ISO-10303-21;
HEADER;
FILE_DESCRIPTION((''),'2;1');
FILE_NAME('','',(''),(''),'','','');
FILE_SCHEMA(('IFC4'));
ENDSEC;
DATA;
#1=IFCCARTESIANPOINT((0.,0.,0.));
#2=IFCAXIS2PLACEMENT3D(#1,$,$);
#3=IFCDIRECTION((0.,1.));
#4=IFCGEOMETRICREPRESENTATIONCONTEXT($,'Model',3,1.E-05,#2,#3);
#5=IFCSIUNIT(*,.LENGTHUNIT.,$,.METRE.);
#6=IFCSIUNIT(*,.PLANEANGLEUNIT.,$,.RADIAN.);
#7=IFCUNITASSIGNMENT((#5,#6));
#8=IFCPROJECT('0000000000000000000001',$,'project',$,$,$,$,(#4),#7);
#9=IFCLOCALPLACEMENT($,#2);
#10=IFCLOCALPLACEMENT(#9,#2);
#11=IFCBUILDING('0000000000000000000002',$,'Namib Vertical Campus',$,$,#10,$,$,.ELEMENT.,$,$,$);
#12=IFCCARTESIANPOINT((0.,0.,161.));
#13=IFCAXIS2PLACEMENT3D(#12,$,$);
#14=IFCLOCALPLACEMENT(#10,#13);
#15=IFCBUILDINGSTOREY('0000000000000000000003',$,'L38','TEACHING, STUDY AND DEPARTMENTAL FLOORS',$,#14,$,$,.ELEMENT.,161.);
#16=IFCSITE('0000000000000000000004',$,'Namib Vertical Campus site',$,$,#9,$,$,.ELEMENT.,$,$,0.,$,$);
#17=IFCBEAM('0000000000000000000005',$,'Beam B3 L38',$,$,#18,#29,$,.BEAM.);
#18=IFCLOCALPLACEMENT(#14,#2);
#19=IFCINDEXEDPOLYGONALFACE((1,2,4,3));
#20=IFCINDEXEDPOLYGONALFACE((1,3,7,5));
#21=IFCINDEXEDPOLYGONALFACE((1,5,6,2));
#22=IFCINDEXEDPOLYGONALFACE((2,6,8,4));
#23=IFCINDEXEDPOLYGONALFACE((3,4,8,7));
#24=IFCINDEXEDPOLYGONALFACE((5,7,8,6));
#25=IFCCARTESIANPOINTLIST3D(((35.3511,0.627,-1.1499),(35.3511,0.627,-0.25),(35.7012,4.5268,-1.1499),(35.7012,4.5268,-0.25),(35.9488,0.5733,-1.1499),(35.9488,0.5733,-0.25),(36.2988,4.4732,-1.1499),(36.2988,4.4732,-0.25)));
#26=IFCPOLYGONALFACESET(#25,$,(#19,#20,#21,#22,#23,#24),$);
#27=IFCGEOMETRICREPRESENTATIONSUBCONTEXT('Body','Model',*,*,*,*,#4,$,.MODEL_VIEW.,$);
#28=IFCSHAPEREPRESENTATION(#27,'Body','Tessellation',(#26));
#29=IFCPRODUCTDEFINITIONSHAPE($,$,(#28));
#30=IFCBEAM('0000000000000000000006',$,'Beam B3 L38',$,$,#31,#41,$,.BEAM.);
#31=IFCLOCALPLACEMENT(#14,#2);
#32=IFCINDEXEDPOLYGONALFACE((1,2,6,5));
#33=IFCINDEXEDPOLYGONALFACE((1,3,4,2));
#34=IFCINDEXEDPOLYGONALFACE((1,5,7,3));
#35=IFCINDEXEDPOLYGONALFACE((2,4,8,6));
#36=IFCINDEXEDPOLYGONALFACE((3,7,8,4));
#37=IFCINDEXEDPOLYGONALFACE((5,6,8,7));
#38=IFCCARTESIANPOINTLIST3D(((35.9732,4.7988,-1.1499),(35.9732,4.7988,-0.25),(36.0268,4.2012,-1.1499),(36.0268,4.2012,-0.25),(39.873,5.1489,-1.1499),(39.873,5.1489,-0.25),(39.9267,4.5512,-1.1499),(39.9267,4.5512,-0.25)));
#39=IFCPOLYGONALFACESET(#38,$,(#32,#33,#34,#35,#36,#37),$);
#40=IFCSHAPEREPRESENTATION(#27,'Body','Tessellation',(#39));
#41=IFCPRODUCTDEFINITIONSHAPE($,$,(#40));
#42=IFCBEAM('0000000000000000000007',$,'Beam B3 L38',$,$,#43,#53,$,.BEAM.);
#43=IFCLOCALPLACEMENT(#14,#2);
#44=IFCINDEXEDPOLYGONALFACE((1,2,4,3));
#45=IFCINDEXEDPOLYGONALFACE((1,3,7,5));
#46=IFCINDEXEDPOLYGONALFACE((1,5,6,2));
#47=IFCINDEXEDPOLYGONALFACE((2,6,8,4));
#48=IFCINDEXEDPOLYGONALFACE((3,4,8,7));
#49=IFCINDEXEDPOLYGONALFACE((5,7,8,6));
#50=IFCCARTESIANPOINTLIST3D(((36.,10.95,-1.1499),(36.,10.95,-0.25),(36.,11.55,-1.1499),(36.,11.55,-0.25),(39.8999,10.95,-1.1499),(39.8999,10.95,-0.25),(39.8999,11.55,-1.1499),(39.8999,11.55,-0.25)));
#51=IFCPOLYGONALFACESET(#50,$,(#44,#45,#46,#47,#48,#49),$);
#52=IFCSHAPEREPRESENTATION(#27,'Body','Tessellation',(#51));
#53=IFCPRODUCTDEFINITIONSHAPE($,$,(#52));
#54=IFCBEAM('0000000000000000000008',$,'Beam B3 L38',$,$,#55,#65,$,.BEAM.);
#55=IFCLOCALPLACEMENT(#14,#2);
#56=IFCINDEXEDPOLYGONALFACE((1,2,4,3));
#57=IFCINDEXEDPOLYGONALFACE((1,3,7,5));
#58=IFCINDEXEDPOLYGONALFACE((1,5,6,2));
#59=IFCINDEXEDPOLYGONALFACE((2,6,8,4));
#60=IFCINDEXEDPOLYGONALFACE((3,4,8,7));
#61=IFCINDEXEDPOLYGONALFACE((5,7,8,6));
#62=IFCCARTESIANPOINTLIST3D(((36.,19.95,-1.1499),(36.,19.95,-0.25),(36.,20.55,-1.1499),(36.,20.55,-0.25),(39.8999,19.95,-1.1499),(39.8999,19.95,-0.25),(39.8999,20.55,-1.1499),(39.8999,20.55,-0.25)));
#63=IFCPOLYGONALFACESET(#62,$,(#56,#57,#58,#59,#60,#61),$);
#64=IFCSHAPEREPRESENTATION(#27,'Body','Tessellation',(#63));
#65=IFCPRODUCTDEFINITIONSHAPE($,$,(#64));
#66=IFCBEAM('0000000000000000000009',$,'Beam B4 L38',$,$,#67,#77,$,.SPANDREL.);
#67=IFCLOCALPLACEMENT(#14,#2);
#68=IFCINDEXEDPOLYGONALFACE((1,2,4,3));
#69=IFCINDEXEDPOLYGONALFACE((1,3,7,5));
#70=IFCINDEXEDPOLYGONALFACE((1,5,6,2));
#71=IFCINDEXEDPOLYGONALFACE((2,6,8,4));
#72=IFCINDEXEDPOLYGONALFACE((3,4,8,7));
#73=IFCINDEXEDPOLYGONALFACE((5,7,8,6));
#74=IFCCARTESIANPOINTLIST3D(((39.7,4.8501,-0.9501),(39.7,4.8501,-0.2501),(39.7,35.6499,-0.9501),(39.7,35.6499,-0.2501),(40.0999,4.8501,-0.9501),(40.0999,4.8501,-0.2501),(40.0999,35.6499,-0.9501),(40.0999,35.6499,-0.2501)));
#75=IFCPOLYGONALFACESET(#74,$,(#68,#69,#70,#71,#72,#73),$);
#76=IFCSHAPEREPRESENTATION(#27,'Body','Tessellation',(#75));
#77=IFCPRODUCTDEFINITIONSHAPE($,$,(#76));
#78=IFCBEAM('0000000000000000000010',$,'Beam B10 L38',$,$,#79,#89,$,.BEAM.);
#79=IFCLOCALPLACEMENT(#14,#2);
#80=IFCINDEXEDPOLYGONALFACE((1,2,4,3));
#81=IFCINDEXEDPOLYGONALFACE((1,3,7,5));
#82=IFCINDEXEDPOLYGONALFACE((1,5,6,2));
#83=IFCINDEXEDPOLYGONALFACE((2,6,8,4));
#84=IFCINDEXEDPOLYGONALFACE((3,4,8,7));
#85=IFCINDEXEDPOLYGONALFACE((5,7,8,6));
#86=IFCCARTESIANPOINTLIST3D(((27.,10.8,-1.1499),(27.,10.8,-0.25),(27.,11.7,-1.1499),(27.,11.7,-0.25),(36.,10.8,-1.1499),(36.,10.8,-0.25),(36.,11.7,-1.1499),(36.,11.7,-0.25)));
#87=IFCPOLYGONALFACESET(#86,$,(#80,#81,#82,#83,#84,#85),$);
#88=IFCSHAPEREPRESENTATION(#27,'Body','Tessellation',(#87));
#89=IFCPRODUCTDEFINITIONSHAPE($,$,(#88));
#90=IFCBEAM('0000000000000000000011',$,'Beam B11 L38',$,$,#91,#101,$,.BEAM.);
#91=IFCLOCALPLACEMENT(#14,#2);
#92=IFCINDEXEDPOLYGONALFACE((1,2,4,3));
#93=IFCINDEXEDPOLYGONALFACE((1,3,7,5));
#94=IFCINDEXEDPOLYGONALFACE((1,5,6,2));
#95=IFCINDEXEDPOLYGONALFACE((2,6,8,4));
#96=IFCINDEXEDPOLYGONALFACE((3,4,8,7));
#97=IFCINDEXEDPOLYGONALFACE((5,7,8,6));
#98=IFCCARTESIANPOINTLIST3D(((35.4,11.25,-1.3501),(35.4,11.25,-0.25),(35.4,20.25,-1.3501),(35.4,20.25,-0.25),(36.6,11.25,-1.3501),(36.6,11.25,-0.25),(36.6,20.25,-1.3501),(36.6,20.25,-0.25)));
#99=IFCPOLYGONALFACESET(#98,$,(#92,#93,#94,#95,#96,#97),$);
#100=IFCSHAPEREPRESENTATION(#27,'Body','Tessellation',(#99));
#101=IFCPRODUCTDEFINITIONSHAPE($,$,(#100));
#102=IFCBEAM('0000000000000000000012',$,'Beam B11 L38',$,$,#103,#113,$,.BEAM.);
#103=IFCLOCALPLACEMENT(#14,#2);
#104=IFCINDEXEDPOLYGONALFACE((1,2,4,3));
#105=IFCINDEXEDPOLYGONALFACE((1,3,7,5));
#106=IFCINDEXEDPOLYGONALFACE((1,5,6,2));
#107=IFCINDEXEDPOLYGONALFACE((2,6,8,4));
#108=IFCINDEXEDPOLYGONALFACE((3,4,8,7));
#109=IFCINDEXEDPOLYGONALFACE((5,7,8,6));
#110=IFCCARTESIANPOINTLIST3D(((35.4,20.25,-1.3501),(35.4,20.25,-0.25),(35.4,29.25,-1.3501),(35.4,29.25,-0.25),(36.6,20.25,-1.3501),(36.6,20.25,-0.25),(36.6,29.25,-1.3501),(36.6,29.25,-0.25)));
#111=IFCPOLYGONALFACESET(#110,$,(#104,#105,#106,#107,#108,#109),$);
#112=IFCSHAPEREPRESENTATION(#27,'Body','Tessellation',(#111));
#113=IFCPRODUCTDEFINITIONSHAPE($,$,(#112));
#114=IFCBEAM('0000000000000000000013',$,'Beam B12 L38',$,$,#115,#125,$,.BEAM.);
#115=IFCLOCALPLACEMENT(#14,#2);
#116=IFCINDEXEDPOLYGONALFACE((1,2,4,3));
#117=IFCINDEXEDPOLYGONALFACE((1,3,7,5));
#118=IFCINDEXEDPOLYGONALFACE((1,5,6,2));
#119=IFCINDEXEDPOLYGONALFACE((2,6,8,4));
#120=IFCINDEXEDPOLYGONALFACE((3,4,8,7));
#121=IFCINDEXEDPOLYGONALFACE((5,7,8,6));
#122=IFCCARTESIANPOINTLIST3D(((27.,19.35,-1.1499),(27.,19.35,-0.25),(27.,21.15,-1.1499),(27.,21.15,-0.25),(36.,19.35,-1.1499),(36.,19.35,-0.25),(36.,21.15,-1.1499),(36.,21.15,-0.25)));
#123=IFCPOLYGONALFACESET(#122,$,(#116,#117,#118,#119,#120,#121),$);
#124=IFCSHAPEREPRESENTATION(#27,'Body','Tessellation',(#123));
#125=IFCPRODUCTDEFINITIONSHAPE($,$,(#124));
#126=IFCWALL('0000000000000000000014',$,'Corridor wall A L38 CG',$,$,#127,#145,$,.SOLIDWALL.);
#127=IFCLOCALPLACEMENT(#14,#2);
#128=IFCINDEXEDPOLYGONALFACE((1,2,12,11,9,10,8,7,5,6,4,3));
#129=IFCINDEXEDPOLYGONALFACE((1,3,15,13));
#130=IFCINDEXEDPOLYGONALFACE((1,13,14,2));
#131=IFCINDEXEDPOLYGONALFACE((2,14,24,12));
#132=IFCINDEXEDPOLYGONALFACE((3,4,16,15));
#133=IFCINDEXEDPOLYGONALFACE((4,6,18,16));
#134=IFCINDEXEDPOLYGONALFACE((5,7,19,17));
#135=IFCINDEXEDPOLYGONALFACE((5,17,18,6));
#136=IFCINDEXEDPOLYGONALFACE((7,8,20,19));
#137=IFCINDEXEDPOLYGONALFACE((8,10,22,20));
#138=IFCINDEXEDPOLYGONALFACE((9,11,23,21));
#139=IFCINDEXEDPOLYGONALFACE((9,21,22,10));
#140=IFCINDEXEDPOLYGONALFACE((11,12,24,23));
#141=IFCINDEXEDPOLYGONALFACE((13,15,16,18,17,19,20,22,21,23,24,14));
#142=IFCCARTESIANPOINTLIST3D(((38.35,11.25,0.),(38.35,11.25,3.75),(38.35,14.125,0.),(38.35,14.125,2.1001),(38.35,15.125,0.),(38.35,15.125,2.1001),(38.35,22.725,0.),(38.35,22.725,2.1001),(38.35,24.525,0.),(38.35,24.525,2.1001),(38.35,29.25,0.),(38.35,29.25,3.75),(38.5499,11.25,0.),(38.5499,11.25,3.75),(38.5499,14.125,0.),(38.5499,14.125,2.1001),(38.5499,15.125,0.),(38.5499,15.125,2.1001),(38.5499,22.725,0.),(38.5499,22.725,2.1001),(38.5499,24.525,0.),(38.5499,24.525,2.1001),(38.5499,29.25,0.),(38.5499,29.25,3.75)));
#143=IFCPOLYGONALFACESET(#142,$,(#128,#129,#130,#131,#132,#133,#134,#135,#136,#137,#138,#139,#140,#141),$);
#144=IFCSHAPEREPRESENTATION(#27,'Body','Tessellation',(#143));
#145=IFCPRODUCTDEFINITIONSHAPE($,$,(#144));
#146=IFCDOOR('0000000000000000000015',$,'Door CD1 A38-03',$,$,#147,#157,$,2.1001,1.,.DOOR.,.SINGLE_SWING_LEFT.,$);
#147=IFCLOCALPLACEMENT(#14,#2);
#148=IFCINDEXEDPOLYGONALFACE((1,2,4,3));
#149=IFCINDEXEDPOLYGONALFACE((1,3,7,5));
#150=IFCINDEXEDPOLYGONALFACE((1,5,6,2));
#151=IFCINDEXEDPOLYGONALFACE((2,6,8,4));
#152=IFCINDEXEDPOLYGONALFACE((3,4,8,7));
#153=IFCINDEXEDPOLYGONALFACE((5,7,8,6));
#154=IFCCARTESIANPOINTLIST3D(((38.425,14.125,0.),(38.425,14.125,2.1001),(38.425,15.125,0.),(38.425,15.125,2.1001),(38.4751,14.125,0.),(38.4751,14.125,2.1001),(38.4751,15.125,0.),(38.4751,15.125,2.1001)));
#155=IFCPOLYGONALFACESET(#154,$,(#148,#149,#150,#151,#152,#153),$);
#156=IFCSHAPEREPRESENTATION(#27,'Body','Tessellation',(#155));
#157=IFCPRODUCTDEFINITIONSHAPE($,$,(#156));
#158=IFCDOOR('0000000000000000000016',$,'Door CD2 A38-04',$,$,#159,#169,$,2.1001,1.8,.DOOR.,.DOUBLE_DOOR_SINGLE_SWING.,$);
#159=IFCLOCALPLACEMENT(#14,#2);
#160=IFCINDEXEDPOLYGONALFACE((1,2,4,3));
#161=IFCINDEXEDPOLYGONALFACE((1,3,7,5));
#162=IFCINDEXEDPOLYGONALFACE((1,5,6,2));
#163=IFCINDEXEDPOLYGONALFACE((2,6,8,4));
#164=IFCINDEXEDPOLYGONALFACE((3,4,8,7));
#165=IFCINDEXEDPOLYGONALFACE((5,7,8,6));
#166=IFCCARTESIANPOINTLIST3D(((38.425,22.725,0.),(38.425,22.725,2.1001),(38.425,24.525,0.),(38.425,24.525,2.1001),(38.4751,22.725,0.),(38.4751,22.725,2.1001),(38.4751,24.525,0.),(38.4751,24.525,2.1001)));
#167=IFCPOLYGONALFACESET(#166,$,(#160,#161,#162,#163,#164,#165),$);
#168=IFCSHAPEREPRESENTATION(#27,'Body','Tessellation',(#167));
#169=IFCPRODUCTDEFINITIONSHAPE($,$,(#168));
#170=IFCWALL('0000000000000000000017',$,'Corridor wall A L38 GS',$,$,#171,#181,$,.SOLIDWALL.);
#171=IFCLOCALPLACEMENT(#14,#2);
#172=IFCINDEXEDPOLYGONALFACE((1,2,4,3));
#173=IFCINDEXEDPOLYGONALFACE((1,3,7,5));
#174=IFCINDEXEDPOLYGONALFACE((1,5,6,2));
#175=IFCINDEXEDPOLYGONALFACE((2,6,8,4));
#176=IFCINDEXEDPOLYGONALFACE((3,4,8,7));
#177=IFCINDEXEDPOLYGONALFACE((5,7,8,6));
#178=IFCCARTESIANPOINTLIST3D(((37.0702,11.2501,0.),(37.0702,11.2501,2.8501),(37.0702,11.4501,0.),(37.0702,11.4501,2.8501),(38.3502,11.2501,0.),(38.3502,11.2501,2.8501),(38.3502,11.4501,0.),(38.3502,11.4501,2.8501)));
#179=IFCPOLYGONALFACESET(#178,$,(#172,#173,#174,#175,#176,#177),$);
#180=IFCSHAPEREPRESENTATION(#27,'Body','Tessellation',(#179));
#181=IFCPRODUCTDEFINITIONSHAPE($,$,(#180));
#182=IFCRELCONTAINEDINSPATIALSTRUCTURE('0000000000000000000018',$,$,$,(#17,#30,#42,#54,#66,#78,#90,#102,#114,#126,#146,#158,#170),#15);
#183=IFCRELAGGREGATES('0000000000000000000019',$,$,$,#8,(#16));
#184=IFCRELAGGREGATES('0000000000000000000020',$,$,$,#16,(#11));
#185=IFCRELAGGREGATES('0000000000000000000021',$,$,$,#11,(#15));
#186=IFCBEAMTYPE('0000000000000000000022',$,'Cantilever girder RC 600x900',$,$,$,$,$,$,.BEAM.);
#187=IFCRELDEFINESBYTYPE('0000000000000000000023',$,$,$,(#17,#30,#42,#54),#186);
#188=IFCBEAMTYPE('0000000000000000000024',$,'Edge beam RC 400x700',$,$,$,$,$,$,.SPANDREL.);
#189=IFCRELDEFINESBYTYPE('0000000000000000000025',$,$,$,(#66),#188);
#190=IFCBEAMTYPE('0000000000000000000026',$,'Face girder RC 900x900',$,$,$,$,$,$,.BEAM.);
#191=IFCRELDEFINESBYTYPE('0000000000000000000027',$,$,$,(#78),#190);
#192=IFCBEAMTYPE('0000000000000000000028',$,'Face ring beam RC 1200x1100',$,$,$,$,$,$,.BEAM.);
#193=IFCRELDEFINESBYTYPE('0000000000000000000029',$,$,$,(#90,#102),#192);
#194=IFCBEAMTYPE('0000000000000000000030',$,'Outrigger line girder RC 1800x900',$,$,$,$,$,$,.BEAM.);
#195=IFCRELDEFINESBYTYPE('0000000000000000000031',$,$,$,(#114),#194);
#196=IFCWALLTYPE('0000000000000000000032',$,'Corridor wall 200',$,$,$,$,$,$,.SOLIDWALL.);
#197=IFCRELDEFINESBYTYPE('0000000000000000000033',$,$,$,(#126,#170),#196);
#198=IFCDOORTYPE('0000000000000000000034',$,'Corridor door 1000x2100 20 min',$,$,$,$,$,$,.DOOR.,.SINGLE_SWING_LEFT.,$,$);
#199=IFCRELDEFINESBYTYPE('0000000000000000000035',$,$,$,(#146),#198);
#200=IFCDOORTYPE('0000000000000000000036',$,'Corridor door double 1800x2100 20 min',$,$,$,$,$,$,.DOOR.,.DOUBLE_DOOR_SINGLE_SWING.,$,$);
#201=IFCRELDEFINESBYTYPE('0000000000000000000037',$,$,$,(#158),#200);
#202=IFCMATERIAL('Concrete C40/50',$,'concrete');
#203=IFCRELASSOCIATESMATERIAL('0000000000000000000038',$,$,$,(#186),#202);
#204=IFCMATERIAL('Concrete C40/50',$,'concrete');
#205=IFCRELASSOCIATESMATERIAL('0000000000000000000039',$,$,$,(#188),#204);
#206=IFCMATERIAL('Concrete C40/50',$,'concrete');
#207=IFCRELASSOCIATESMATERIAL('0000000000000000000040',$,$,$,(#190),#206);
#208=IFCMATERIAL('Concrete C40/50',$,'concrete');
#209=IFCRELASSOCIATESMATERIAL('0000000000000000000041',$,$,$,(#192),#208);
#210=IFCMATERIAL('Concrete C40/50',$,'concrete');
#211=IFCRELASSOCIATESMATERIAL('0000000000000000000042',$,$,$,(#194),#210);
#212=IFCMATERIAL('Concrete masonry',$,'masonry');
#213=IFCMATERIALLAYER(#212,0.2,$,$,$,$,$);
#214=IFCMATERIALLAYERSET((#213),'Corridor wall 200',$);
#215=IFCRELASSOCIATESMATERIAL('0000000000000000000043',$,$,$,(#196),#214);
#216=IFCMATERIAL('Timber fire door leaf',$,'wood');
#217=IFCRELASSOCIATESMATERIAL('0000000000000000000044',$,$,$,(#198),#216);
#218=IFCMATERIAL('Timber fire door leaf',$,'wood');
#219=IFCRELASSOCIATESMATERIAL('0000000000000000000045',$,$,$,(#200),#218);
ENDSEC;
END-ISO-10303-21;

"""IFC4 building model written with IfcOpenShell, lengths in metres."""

from ifc_helpers import new_model, si_unit, direction, frame, frame_2d, origin, origin_2d, place, context, subcontext, project, spatial, rectangle, extrude, material, layer, layer_set, material_profile, profile_set, type_object, element, fill, save


model = new_model("IFC4")

# Units and contexts
model_context = context("Model", 3, precision=1e-05, world=origin(), true_north=direction((0.0, 1.0)))
body_context = subcontext(model_context, "Body", "Model", "MODEL_VIEW")
ifc_project = project(units=[si_unit("LENGTHUNIT", "METRE"), si_unit("PLANEANGLEUNIT", "RADIAN")], contexts=[model_context])

# Site, building, storey
site_placement = place(None, origin())
site = spatial("IfcSite", under=ifc_project, at=site_placement, Name="Namib Vertical Campus site", CompositionType="ELEMENT", RefElevation=0.0)
building_placement = place(site_placement, origin())
building = spatial("IfcBuilding", under=site, at=building_placement, Name="Namib Vertical Campus", CompositionType="ELEMENT")
storey_placement = place(building_placement, frame((0.0, 0.0, 161.0)))
storey = spatial("IfcBuildingStorey", under=building, at=storey_placement, Name="L38", Description="TEACHING, STUDY AND DEPARTMENTAL FLOORS", CompositionType="ELEMENT", Elevation=161.0)

# Beams
ifc_material_1 = material(Name="Concrete C40/50", Category="concrete")
ifc_material_profile_1 = material_profile(ifc_material_1, rectangle(XDim=0.6001, YDim=0.8999, at=origin_2d()))
ifc_profile_set_1 = profile_set([ifc_material_profile_1], Name="Concrete C40/50")
beam_type_1 = type_object("IfcBeamType", Name="Cantilever girder RC 600x900", PredefinedType="BEAM", material=ifc_profile_set_1)
for number, where, z_axis, x_axis, name in (
    (1, (36.0, 4.5, -0.7), (-0.089411, -0.995995, 0.0), (0.995995, -0.089411, 0.0), "Beam B3 L38"),
    (2, (36.0, 4.5, -0.7), (0.995995, 0.089411, 0.0), (-0.089411, 0.995995, 0.0), "Beam B3 L38"),
):
    element("IfcBeam", number, at=place(storey_placement, frame(where, z_axis=z_axis, x_axis=x_axis)), inside=storey, type_object=beam_type_1, Name=name, PredefinedType="BEAM", context=body_context, shape_type="SweptSolid", body=[
        extrude(rectangle(XDim=0.6001, YDim=0.8999, at=origin_2d()), origin(), (0.0, 0.0, 1.0), 3.9155),
    ])
for number, where, z_axis, x_axis, name in (
    (3, (36.0, 11.25, -0.7), (1.0, 0.0, 0.0), (0.0, 1.0, 0.0), "Beam B3 L38"),
    (4, (36.0, 20.25, -0.7), (1.0, 0.0, 0.0), (0.0, 1.0, 0.0), "Beam B3 L38"),
):
    element("IfcBeam", number, at=place(storey_placement, frame(where, z_axis=z_axis, x_axis=x_axis)), inside=storey, type_object=beam_type_1, Name=name, PredefinedType="BEAM", context=body_context, shape_type="SweptSolid", body=[
        extrude(rectangle(XDim=0.6001, YDim=0.8999, at=origin_2d()), origin(), (0.0, 0.0, 1.0), 3.8999),
    ])
ifc_material_2 = material(Name="Concrete C40/50", Category="concrete")
ifc_material_profile_2 = material_profile(ifc_material_2, rectangle(XDim=0.3999, YDim=0.7, at=origin_2d()))
ifc_profile_set_2 = profile_set([ifc_material_profile_2], Name="Concrete C40/50")
beam_type_2 = type_object("IfcBeamType", Name="Edge beam RC 400x700", PredefinedType="SPANDREL", material=ifc_profile_set_2)
beam_1_placement = place(storey_placement, frame((39.8999, 4.8501, -0.6001), z_axis=(0.0, 1.0, 0.0), x_axis=(-1.0, 0.0, 0.0)))
element("IfcBeam", 5, at=beam_1_placement, inside=storey, type_object=beam_type_2, Name="Beam B4 L38", PredefinedType="SPANDREL", context=body_context, shape_type="SweptSolid", body=[
    extrude(rectangle(XDim=0.3999, YDim=0.7, at=origin_2d()), origin(), (0.0, 0.0, 1.0), 30.7998),
])
ifc_material_3 = material(Name="Concrete C40/50", Category="concrete")
ifc_material_profile_3 = material_profile(ifc_material_3, rectangle(XDim=0.8999, YDim=0.8999, at=origin_2d()))
ifc_profile_set_3 = profile_set([ifc_material_profile_3], Name="Concrete C40/50")
beam_type_3 = type_object("IfcBeamType", Name="Face girder RC 900x900", PredefinedType="BEAM", material=ifc_profile_set_3)
beam_2_placement = place(storey_placement, frame((36.0, 11.25, -0.7), z_axis=(-1.0, 0.0, 0.0), x_axis=(0.0, -1.0, 0.0)))
element("IfcBeam", 6, at=beam_2_placement, inside=storey, type_object=beam_type_3, Name="Beam B10 L38", PredefinedType="BEAM", context=body_context, shape_type="SweptSolid", body=[
    extrude(rectangle(XDim=0.8999, YDim=0.8999, at=origin_2d()), origin(), (0.0, 0.0, 1.0), 9.0),
])
ifc_material_4 = material(Name="Concrete C40/50", Category="concrete")
ifc_material_profile_4 = material_profile(ifc_material_4, rectangle(XDim=1.2, YDim=1.1001, at=origin_2d()))
ifc_profile_set_4 = profile_set([ifc_material_profile_4], Name="Concrete C40/50")
beam_type_4 = type_object("IfcBeamType", Name="Face ring beam RC 1200x1100", PredefinedType="BEAM", material=ifc_profile_set_4)
for number, where, z_axis, x_axis, name in (
    (7, (36.0, 11.25, -0.8), (0.0, 1.0, 0.0), (-1.0, 0.0, 0.0), "Beam B11 L38"),
    (8, (36.0, 20.25, -0.8), (0.0, 1.0, 0.0), (-1.0, 0.0, 0.0), "Beam B11 L38"),
):
    element("IfcBeam", number, at=place(storey_placement, frame(where, z_axis=z_axis, x_axis=x_axis)), inside=storey, type_object=beam_type_4, Name=name, PredefinedType="BEAM", context=body_context, shape_type="SweptSolid", body=[
        extrude(rectangle(XDim=1.2, YDim=1.1001, at=origin_2d()), origin(), (0.0, 0.0, 1.0), 9.0),
    ])
ifc_material_5 = material(Name="Concrete C40/50", Category="concrete")
ifc_material_profile_5 = material_profile(ifc_material_5, rectangle(XDim=1.8, YDim=0.8999, at=origin_2d()))
ifc_profile_set_5 = profile_set([ifc_material_profile_5], Name="Concrete C40/50")
beam_type_5 = type_object("IfcBeamType", Name="Outrigger line girder RC 1800x900", PredefinedType="BEAM", material=ifc_profile_set_5)
beam_3_placement = place(storey_placement, frame((36.0, 20.25, -0.7), z_axis=(-1.0, 0.0, 0.0), x_axis=(0.0, -1.0, 0.0)))
element("IfcBeam", 9, at=beam_3_placement, inside=storey, type_object=beam_type_5, Name="Beam B12 L38", PredefinedType="BEAM", context=body_context, shape_type="SweptSolid", body=[
    extrude(rectangle(XDim=1.8, YDim=0.8999, at=origin_2d()), origin(), (0.0, 0.0, 1.0), 9.0),
])

# Wall, openings, doors
ifc_material_6 = material(Name="Concrete masonry", Category="masonry")
ifc_layer_1 = layer(ifc_material_6, 0.2)
ifc_layer_set_1 = layer_set([ifc_layer_1], Name="Corridor wall 200")
wall_type_1 = type_object("IfcWallType", Name="Corridor wall 200", PredefinedType="SOLIDWALL", material=ifc_layer_set_1)
wall_1_placement = place(storey_placement, frame((38.45, 11.25, 0.0), z_axis=(0.0, 0.0, 1.0), x_axis=(0.0, 1.0, 0.0)))
wall_1 = element("IfcWall", 10, at=wall_1_placement, inside=storey, type_object=wall_type_1, Name="Corridor wall A L38 CG", PredefinedType="SOLIDWALL", context=body_context, shape_type="SweptSolid", body=[
    extrude(rectangle(XDim=18.0, YDim=0.2, at=frame_2d((9.0, 0.0))), origin(), (0.0, 0.0, 1.0), 3.75),
])
opening_1_placement = place(wall_1_placement, frame((2.875, 0.0, 0.0)))
opening_1 = element("IfcOpeningElement", 11, at=opening_1_placement, cuts=wall_1, PredefinedType="OPENING", context=body_context, shape_type="SweptSolid", body=[
    extrude(rectangle(XDim=1.0, YDim=2.1001, at=frame_2d((0.5, 1.05))), frame((0.0, 0.1099, 0.0), z_axis=(0.0, -1.0, 0.0), x_axis=(1.0, 0.0, 0.0)), (0.0, 0.0, 1.0), 0.22),
])
opening_2_placement = place(wall_1_placement, frame((11.4751, 0.0, 0.0)))
opening_2 = element("IfcOpeningElement", 12, at=opening_2_placement, cuts=wall_1, PredefinedType="OPENING", context=body_context, shape_type="SweptSolid", body=[
    extrude(rectangle(XDim=1.8, YDim=2.1001, at=frame_2d((0.8999, 1.05))), frame((0.0, 0.1099, 0.0), z_axis=(0.0, -1.0, 0.0), x_axis=(1.0, 0.0, 0.0)), (0.0, 0.0, 1.0), 0.22),
])
ifc_material_7 = material(Name="Timber fire door leaf", Category="wood")
door_type_1 = type_object("IfcDoorType", Name="Corridor door 1000x2100 20 min", OperationType="SINGLE_SWING_LEFT", PredefinedType="DOOR", material=ifc_material_7)
door_1_placement = place(opening_1_placement, origin())
door_1 = element("IfcDoor", 13, at=door_1_placement, inside=storey, type_object=door_type_1, Name="Door CD1 A38-03", OperationType="SINGLE_SWING_LEFT", OverallHeight=2.1001, OverallWidth=1.0, PredefinedType="DOOR", context=body_context, shape_type="SweptSolid", body=[
    extrude(rectangle(XDim=1.0, YDim=2.1001, at=frame_2d((0.5, 1.05))), frame((0.0, 0.0249, 0.0), z_axis=(0.0, -1.0, 0.0), x_axis=(1.0, 0.0, 0.0)), (0.0, 0.0, 1.0), 0.05),
])
fill(opening_1, door_1)
ifc_material_8 = material(Name="Timber fire door leaf", Category="wood")
door_type_2 = type_object("IfcDoorType", Name="Corridor door double 1800x2100 20 min", OperationType="DOUBLE_DOOR_SINGLE_SWING", PredefinedType="DOOR", material=ifc_material_8)
door_2_placement = place(opening_2_placement, origin())
door_2 = element("IfcDoor", 14, at=door_2_placement, inside=storey, type_object=door_type_2, Name="Door CD2 A38-04", OperationType="DOUBLE_DOOR_SINGLE_SWING", OverallHeight=2.1001, OverallWidth=1.8, PredefinedType="DOOR", context=body_context, shape_type="SweptSolid", body=[
    extrude(rectangle(XDim=1.8, YDim=2.1001, at=frame_2d((0.8999, 1.05))), frame((0.0, 0.0249, 0.0), z_axis=(0.0, -1.0, 0.0), x_axis=(1.0, 0.0, 0.0)), (0.0, 0.0, 1.0), 0.05),
])
fill(opening_2, door_2)

# Wall
wall_2_placement = place(storey_placement, frame((37.0701, 11.3501, 0.0), z_axis=(0.0, 0.0, 1.0), x_axis=(1.0, 0.0, 0.0)))
element("IfcWall", 15, at=wall_2_placement, inside=storey, type_object=wall_type_1, Name="Corridor wall A L38 GS", PredefinedType="SOLIDWALL", context=body_context, shape_type="SweptSolid", body=[
    extrude(rectangle(XDim=1.28, YDim=0.2, at=frame_2d((0.6401, 0.0))), origin(), (0.0, 0.0, 1.0), 2.8501),
])

save(model, "model.ifc")
